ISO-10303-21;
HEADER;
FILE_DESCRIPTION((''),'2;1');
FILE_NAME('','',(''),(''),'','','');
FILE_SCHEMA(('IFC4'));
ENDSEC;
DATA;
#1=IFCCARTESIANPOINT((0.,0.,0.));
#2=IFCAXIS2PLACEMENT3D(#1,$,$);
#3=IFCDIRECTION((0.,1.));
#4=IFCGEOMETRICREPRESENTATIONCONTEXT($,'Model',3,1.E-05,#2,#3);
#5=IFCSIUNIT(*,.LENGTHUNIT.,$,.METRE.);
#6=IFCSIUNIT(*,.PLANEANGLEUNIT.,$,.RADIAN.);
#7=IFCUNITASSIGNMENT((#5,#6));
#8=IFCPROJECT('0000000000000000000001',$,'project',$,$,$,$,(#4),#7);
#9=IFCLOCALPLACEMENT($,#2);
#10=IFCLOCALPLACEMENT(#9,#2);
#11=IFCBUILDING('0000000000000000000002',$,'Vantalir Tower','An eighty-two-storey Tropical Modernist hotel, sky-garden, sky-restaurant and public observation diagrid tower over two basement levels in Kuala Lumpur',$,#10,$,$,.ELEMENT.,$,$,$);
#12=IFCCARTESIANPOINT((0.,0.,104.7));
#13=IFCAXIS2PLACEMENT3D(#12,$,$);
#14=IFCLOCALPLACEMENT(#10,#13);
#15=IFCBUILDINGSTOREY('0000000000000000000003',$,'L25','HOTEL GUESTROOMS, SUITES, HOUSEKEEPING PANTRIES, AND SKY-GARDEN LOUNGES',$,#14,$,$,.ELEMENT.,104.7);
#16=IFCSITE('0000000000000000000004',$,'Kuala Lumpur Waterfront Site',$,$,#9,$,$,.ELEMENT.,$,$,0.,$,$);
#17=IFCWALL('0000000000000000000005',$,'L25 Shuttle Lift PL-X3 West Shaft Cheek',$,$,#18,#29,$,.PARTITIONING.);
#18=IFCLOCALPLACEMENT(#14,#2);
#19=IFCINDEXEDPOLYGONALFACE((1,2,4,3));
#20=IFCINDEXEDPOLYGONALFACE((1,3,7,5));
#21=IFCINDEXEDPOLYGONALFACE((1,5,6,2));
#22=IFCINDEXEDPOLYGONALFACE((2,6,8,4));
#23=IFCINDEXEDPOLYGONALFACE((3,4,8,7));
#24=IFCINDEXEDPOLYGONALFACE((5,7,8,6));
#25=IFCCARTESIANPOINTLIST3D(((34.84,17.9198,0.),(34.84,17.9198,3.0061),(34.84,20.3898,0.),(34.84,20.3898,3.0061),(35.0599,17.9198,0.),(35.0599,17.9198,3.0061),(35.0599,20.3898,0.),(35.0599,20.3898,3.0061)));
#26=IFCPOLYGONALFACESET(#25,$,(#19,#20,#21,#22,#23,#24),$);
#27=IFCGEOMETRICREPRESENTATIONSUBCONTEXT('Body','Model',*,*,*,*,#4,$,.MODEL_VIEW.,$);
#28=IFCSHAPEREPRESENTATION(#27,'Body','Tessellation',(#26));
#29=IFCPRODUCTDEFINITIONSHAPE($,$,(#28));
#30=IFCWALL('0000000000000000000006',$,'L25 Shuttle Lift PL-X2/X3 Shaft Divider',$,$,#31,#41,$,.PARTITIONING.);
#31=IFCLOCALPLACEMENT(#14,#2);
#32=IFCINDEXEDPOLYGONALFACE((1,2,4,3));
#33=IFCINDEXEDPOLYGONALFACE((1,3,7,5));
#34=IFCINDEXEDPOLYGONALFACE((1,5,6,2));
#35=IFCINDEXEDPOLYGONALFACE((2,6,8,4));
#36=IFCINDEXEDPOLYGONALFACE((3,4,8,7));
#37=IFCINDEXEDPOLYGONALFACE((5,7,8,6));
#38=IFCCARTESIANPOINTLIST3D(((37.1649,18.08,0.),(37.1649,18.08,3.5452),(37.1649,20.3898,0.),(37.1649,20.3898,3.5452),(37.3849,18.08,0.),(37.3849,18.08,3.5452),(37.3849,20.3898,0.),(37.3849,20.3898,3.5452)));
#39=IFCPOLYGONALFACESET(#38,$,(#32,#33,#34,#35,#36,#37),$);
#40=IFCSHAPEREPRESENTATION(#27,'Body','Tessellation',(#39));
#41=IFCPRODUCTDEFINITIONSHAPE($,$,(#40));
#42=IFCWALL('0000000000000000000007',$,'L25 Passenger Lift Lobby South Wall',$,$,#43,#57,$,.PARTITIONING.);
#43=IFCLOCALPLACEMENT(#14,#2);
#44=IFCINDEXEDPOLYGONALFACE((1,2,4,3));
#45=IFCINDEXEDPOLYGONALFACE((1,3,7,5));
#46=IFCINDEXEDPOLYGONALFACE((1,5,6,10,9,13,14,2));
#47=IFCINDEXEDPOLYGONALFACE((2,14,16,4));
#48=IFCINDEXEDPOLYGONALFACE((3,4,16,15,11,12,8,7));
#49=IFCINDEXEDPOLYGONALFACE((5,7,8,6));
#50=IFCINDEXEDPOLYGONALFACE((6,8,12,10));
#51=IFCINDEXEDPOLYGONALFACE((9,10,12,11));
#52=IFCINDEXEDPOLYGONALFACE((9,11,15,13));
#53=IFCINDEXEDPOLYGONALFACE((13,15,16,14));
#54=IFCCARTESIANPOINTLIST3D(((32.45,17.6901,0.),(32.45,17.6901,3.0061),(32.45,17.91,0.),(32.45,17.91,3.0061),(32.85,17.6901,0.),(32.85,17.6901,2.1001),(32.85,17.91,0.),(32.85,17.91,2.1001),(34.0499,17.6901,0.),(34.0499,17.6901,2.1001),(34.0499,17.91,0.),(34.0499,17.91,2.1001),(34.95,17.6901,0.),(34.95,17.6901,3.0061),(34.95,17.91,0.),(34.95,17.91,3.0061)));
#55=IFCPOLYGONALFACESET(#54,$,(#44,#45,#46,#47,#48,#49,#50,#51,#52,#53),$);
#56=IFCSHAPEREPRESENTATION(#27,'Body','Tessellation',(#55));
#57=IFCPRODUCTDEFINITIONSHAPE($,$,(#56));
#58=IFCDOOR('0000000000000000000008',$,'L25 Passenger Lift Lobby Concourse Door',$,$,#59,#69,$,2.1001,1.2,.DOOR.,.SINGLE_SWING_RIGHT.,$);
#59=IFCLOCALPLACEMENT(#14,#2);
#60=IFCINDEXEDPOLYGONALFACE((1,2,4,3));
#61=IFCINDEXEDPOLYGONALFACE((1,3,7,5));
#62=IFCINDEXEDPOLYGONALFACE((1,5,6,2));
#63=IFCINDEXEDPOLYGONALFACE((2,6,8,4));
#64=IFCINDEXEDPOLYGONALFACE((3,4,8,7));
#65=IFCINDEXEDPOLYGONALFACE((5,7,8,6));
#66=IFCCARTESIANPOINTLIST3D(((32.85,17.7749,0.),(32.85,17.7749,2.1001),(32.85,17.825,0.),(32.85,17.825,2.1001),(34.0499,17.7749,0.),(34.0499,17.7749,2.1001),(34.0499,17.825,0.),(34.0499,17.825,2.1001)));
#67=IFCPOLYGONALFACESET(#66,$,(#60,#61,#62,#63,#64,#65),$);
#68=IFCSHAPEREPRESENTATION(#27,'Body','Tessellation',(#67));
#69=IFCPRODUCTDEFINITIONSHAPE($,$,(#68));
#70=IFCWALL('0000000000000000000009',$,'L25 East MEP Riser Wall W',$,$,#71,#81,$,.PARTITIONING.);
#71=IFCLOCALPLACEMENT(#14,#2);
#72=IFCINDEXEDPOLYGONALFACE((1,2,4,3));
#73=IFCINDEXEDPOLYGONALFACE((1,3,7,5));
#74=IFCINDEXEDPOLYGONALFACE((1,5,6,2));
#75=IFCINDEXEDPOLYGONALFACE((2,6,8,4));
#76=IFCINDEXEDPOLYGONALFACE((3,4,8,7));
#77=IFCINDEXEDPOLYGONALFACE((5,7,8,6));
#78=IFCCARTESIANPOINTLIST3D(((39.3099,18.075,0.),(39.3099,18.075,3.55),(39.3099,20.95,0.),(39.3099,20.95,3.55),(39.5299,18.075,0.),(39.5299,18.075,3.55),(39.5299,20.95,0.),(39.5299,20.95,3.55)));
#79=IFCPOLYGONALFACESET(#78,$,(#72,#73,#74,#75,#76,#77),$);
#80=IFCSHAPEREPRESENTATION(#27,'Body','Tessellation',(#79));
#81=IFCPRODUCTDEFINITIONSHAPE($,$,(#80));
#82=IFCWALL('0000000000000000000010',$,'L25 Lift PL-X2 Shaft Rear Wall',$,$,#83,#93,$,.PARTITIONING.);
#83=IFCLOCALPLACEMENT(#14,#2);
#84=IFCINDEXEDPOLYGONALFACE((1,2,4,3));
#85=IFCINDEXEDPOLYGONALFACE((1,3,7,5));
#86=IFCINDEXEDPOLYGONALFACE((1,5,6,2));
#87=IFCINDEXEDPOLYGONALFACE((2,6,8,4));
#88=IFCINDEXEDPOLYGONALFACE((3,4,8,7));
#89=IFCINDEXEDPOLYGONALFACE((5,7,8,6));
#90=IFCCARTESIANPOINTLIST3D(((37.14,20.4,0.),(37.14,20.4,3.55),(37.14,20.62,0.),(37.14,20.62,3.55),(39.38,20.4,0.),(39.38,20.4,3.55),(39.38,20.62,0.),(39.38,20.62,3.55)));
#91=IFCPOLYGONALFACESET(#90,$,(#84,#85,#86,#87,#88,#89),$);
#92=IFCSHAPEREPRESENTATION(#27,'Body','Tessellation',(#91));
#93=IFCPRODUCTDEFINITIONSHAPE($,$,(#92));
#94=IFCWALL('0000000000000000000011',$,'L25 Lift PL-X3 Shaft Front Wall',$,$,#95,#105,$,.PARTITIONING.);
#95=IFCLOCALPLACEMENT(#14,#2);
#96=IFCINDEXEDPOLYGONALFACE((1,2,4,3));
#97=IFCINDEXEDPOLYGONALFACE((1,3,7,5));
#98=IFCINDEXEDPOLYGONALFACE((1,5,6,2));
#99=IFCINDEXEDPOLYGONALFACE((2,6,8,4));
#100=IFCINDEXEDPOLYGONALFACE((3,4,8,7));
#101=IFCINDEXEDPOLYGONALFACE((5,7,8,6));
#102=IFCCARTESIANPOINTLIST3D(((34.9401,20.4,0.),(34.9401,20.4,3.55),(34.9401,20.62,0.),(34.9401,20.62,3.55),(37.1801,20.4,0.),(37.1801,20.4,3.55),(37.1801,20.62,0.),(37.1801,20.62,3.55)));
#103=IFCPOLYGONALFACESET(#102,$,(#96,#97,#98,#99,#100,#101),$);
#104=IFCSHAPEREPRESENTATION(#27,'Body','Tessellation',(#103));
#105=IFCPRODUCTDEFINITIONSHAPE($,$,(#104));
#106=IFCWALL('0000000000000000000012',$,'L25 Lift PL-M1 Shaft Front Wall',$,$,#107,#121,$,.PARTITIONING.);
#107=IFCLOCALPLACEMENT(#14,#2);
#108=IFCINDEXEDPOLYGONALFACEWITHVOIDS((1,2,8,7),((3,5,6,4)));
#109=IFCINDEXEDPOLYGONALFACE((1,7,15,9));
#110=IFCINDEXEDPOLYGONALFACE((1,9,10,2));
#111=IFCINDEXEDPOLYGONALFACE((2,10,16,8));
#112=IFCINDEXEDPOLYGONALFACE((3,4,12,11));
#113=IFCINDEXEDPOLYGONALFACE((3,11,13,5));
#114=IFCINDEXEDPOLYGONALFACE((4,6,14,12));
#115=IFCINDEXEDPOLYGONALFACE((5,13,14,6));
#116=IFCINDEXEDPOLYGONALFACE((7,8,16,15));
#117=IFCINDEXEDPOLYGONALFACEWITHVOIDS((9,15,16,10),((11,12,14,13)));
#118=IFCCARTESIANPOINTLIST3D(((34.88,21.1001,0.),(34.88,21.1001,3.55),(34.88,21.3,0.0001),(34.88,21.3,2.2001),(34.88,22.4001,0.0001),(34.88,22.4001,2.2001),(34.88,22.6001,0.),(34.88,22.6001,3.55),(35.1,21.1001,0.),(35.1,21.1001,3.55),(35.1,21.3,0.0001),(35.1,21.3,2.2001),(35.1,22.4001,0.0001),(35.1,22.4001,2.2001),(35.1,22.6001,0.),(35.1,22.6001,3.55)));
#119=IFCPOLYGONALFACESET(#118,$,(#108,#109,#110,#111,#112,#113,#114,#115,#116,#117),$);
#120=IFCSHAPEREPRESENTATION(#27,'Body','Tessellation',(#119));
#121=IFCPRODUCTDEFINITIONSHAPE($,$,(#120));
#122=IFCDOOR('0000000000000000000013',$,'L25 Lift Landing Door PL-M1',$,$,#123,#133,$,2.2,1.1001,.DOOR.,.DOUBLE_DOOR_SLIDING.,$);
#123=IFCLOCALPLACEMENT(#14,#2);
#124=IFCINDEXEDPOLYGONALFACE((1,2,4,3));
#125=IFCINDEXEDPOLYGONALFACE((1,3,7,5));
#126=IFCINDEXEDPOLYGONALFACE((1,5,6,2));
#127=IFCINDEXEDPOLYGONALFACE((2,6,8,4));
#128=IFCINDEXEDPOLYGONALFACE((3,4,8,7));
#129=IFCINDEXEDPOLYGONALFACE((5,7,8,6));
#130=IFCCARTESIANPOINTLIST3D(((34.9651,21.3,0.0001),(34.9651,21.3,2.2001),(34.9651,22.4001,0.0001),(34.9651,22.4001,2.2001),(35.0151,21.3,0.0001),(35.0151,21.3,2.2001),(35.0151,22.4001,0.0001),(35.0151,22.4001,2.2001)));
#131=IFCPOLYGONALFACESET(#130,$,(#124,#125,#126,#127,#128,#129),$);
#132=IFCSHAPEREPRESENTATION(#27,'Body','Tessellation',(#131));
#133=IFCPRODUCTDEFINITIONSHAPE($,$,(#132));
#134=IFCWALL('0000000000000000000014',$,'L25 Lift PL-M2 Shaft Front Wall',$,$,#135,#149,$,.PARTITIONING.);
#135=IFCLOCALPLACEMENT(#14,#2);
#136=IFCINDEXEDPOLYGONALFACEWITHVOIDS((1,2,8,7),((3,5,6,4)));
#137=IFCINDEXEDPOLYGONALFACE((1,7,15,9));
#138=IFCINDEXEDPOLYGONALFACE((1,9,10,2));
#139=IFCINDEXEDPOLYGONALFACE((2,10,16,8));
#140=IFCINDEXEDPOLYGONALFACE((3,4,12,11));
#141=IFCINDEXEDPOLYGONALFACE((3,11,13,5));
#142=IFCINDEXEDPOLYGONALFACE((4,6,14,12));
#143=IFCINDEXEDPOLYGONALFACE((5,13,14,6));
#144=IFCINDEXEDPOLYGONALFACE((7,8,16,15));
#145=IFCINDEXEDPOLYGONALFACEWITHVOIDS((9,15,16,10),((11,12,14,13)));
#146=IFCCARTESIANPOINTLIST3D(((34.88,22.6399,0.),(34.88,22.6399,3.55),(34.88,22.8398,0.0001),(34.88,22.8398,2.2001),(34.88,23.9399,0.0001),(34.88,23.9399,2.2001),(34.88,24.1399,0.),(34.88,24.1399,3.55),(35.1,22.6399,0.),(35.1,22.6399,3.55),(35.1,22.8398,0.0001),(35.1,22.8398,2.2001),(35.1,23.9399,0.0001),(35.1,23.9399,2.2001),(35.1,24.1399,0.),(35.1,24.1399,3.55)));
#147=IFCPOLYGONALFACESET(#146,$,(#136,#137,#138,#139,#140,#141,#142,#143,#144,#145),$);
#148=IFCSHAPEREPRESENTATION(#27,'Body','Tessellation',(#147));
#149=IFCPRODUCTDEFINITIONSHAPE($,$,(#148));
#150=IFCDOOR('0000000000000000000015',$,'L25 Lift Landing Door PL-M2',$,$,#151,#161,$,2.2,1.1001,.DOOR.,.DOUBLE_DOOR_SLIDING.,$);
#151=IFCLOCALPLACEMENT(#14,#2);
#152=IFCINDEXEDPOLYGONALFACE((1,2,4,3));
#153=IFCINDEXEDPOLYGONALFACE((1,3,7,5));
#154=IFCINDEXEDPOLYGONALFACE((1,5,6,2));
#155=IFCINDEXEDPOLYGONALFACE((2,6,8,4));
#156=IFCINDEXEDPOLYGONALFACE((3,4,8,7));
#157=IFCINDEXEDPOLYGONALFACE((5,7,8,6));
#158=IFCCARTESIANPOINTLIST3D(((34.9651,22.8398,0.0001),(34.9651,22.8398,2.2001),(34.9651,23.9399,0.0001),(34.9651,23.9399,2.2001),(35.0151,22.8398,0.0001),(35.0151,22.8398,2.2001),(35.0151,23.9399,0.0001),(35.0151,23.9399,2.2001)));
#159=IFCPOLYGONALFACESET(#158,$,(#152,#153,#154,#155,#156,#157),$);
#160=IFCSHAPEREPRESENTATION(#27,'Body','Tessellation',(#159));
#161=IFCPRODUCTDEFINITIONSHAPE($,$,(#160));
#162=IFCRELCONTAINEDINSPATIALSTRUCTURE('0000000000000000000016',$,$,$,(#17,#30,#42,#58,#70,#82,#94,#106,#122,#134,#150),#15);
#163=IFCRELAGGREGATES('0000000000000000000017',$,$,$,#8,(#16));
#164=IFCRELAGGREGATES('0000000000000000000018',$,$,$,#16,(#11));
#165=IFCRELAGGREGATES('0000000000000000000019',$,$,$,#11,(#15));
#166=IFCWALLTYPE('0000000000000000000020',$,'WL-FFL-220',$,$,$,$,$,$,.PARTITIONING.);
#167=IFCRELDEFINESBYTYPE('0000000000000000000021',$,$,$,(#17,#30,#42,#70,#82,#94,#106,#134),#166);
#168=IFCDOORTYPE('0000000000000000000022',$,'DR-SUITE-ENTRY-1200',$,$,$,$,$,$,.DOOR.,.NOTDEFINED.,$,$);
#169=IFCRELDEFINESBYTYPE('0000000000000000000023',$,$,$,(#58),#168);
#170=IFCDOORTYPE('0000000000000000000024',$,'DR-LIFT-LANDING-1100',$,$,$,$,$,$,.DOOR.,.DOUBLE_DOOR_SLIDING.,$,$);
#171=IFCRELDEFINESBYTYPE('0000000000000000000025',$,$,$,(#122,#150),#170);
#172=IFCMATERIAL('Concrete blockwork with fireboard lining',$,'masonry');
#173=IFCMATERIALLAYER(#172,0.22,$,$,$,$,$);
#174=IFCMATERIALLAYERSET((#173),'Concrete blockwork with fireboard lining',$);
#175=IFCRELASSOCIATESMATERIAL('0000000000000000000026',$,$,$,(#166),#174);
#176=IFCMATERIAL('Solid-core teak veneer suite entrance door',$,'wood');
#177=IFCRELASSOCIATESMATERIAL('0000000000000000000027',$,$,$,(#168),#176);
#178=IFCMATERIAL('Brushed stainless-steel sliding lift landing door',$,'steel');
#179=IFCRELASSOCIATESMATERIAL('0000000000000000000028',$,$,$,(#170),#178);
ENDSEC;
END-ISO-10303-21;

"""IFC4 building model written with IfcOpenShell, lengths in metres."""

from ifc_helpers import new_model, si_unit, direction, frame, frame_2d, origin, place, context, subcontext, project, spatial, rectangle, extrude, material, layer, layer_set, type_object, element, fill, save


model = new_model("IFC4")

# Units and contexts
model_context = context("Model", 3, precision=1e-05, world=origin(), true_north=direction((0.0, 1.0)))
body_context = subcontext(model_context, "Body", "Model", "MODEL_VIEW")
ifc_project = project(units=[si_unit("LENGTHUNIT", "METRE"), si_unit("PLANEANGLEUNIT", "RADIAN")], contexts=[model_context])

# Site, building, storey
site_placement = place(None, origin())
site = spatial("IfcSite", under=ifc_project, at=site_placement, Name="Kuala Lumpur Waterfront Site", CompositionType="ELEMENT", RefElevation=0.0)
building_placement = place(site_placement, origin())
building = spatial("IfcBuilding", under=site, at=building_placement, Name="Vantalir Tower", Description="An eighty-two-storey Tropical Modernist hotel, sky-garden, sky-restaurant and public observation diagrid tower over two basement levels in Kuala Lumpur", CompositionType="ELEMENT")
storey_placement = place(building_placement, frame((0.0, 0.0, 104.7)))
storey = spatial("IfcBuildingStorey", under=building, at=storey_placement, Name="L25", Description="HOTEL GUESTROOMS, SUITES, HOUSEKEEPING PANTRIES, AND SKY-GARDEN LOUNGES", CompositionType="ELEMENT", Elevation=104.7)

# Walls
ifc_material_1 = material(Name="Concrete blockwork with fireboard lining", Category="masonry")
ifc_layer_1 = layer(ifc_material_1, 0.22)
ifc_layer_set_1 = layer_set([ifc_layer_1], Name="Concrete blockwork with fireboard lining")
wall_type_1 = type_object("IfcWallType", Name="WL-FFL-220", PredefinedType="PARTITIONING", material=ifc_layer_set_1)
for number, where, z_axis, x_axis, name in (
    (1, (34.95, 17.9199, 0.0), (0.0, 0.0, 1.0), (0.0, 1.0, 0.0), "L25 Shuttle Lift PL-X3 West Shaft Cheek"),
):
    element("IfcWall", number, at=place(storey_placement, frame(where, z_axis=z_axis, x_axis=x_axis)), inside=storey, type_object=wall_type_1, Name=name, PredefinedType="PARTITIONING", context=body_context, shape_type="SweptSolid", body=[
        extrude(rectangle(XDim=2.47, YDim=0.22, at=frame_2d((1.2349, 0.0))), origin(), (0.0, 0.0, 1.0), 3.0061),
    ])
wall_1_placement = place(storey_placement, frame((37.2749, 18.0801, 0.0), z_axis=(0.0, 0.0, 1.0), x_axis=(0.0, 1.0, 0.0)))
element("IfcWall", 2, at=wall_1_placement, inside=storey, type_object=wall_type_1, Name="L25 Shuttle Lift PL-X2/X3 Shaft Divider", PredefinedType="PARTITIONING", context=body_context, shape_type="SweptSolid", body=[
    extrude(rectangle(XDim=2.3098, YDim=0.22, at=frame_2d((1.1548, 0.0))), origin(), (0.0, 0.0, 1.0), 3.5452),
])

# Wall, opening, door
wall_2_placement = place(storey_placement, frame((32.45, 17.8, 0.0), z_axis=(0.0, 0.0, 1.0), x_axis=(1.0, 0.0, 0.0)))
wall_2 = element("IfcWall", 3, at=wall_2_placement, inside=storey, type_object=wall_type_1, Name="L25 Passenger Lift Lobby South Wall", PredefinedType="PARTITIONING", context=body_context, shape_type="SweptSolid", body=[
    extrude(rectangle(XDim=2.5, YDim=0.22, at=frame_2d((1.25, 0.0))), origin(), (0.0, 0.0, 1.0), 3.0061),
])
opening_1_placement = place(wall_2_placement, frame((0.3999, 0.0, 0.0)))
opening_1 = element("IfcOpeningElement", 4, at=opening_1_placement, cuts=wall_2, PredefinedType="OPENING", context=body_context, shape_type="SweptSolid", body=[
    extrude(rectangle(XDim=1.2, YDim=2.1001, at=frame_2d((0.6001, 1.05))), frame((0.0, 0.1199, 0.0), z_axis=(0.0, -1.0, 0.0), x_axis=(1.0, 0.0, 0.0)), (0.0, 0.0, 1.0), 0.24),
])
ifc_material_2 = material(Name="Solid-core teak veneer suite entrance door", Category="wood")
door_type_1 = type_object("IfcDoorType", Name="DR-SUITE-ENTRY-1200", OperationType="NOTDEFINED", PredefinedType="DOOR", material=ifc_material_2)
door_1_placement = place(opening_1_placement, origin())
door_1 = element("IfcDoor", 5, at=door_1_placement, inside=storey, type_object=door_type_1, Name="L25 Passenger Lift Lobby Concourse Door", OperationType="SINGLE_SWING_RIGHT", OverallHeight=2.1001, OverallWidth=1.2, PredefinedType="DOOR", context=body_context, shape_type="SweptSolid", body=[
    extrude(rectangle(XDim=1.2, YDim=2.1001, at=frame_2d((0.6001, 1.05))), frame((0.0, 0.0249, 0.0), z_axis=(0.0, -1.0, 0.0), x_axis=(1.0, 0.0, 0.0)), (0.0, 0.0, 1.0), 0.05),
])
fill(opening_1, door_1)

# Walls
wall_3_placement = place(storey_placement, frame((39.4199, 18.075, 0.0), z_axis=(0.0, 0.0, 1.0), x_axis=(0.0, 1.0, 0.0)))
element("IfcWall", 6, at=wall_3_placement, inside=storey, type_object=wall_type_1, Name="L25 East MEP Riser Wall W", PredefinedType="PARTITIONING", context=body_context, shape_type="SweptSolid", body=[
    extrude(rectangle(XDim=2.875, YDim=0.22, at=frame_2d((1.4375, 0.0))), origin(), (0.0, 0.0, 1.0), 3.55),
])
for number, where, z_axis, x_axis, name in (
    (7, (37.1399, 20.51, 0.0), (0.0, 0.0, 1.0), (1.0, 0.0, 0.0), "L25 Lift PL-X2 Shaft Rear Wall"),
    (8, (34.9399, 20.51, 0.0), (0.0, 0.0, 1.0), (1.0, 0.0, 0.0), "L25 Lift PL-X3 Shaft Front Wall"),
):
    element("IfcWall", number, at=place(storey_placement, frame(where, z_axis=z_axis, x_axis=x_axis)), inside=storey, type_object=wall_type_1, Name=name, PredefinedType="PARTITIONING", context=body_context, shape_type="SweptSolid", body=[
        extrude(rectangle(XDim=2.24, YDim=0.22, at=frame_2d((1.1201, 0.0))), origin(), (0.0, 0.0, 1.0), 3.55),
    ])

# Walls, openings, doors
wall_4_placement = place(storey_placement, frame((34.99, 21.1001, 0.0), z_axis=(0.0, 0.0, 1.0), x_axis=(0.0, 1.0, 0.0)))
wall_4 = element("IfcWall", 9, at=wall_4_placement, inside=storey, type_object=wall_type_1, Name="L25 Lift PL-M1 Shaft Front Wall", PredefinedType="PARTITIONING", context=body_context, shape_type="SweptSolid", body=[
    extrude(rectangle(XDim=1.5, YDim=0.22, at=frame_2d((0.75, 0.0))), origin(), (0.0, 0.0, 1.0), 3.55),
])
opening_2_placement = place(wall_4_placement, frame((0.2, 0.0, 0.0)))
opening_2 = element("IfcOpeningElement", 10, at=opening_2_placement, cuts=wall_4, PredefinedType="OPENING", context=body_context, shape_type="SweptSolid", body=[
    extrude(rectangle(XDim=1.1001, YDim=2.2, at=frame_2d((0.55, 1.1001))), frame((0.0, 0.1199, 0.0), z_axis=(0.0, -1.0, 0.0), x_axis=(1.0, 0.0, 0.0)), (0.0, 0.0, 1.0), 0.24),
])
ifc_material_3 = material(Name="Brushed stainless-steel sliding lift landing door", Category="steel")
door_type_2 = type_object("IfcDoorType", Name="DR-LIFT-LANDING-1100", OperationType="DOUBLE_DOOR_SLIDING", PredefinedType="DOOR", material=ifc_material_3)
door_2_placement = place(opening_2_placement, origin())
door_2 = element("IfcDoor", 11, at=door_2_placement, inside=storey, type_object=door_type_2, Name="L25 Lift Landing Door PL-M1", OperationType="DOUBLE_DOOR_SLIDING", OverallHeight=2.2, OverallWidth=1.1001, PredefinedType="DOOR", context=body_context, shape_type="SweptSolid", body=[
    extrude(rectangle(XDim=1.1001, YDim=2.2, at=frame_2d((0.55, 1.1001))), frame((0.0, 0.0249, 0.0), z_axis=(0.0, -1.0, 0.0), x_axis=(1.0, 0.0, 0.0)), (0.0, 0.0, 1.0), 0.05),
])
fill(opening_2, door_2)
wall_5_placement = place(storey_placement, frame((34.99, 22.6399, 0.0), z_axis=(0.0, 0.0, 1.0), x_axis=(0.0, 1.0, 0.0)))
wall_5 = element("IfcWall", 12, at=wall_5_placement, inside=storey, type_object=wall_type_1, Name="L25 Lift PL-M2 Shaft Front Wall", PredefinedType="PARTITIONING", context=body_context, shape_type="SweptSolid", body=[
    extrude(rectangle(XDim=1.5, YDim=0.22, at=frame_2d((0.75, 0.0))), origin(), (0.0, 0.0, 1.0), 3.55),
])
opening_3_placement = place(wall_5_placement, frame((0.2, 0.0, 0.0)))
opening_3 = element("IfcOpeningElement", 13, at=opening_3_placement, cuts=wall_5, PredefinedType="OPENING", context=body_context, shape_type="SweptSolid", body=[
    extrude(rectangle(XDim=1.1001, YDim=2.2, at=frame_2d((0.55, 1.1001))), frame((0.0, 0.1199, 0.0), z_axis=(0.0, -1.0, 0.0), x_axis=(1.0, 0.0, 0.0)), (0.0, 0.0, 1.0), 0.24),
])
door_3_placement = place(opening_3_placement, origin())
door_3 = element("IfcDoor", 14, at=door_3_placement, inside=storey, type_object=door_type_2, Name="L25 Lift Landing Door PL-M2", OperationType="DOUBLE_DOOR_SLIDING", OverallHeight=2.2, OverallWidth=1.1001, PredefinedType="DOOR", context=body_context, shape_type="SweptSolid", body=[
    extrude(rectangle(XDim=1.1001, YDim=2.2, at=frame_2d((0.55, 1.1001))), frame((0.0, 0.0249, 0.0), z_axis=(0.0, -1.0, 0.0), x_axis=(1.0, 0.0, 0.0)), (0.0, 0.0, 1.0), 0.05),
])
fill(opening_3, door_3)

save(model, "model.ifc")
